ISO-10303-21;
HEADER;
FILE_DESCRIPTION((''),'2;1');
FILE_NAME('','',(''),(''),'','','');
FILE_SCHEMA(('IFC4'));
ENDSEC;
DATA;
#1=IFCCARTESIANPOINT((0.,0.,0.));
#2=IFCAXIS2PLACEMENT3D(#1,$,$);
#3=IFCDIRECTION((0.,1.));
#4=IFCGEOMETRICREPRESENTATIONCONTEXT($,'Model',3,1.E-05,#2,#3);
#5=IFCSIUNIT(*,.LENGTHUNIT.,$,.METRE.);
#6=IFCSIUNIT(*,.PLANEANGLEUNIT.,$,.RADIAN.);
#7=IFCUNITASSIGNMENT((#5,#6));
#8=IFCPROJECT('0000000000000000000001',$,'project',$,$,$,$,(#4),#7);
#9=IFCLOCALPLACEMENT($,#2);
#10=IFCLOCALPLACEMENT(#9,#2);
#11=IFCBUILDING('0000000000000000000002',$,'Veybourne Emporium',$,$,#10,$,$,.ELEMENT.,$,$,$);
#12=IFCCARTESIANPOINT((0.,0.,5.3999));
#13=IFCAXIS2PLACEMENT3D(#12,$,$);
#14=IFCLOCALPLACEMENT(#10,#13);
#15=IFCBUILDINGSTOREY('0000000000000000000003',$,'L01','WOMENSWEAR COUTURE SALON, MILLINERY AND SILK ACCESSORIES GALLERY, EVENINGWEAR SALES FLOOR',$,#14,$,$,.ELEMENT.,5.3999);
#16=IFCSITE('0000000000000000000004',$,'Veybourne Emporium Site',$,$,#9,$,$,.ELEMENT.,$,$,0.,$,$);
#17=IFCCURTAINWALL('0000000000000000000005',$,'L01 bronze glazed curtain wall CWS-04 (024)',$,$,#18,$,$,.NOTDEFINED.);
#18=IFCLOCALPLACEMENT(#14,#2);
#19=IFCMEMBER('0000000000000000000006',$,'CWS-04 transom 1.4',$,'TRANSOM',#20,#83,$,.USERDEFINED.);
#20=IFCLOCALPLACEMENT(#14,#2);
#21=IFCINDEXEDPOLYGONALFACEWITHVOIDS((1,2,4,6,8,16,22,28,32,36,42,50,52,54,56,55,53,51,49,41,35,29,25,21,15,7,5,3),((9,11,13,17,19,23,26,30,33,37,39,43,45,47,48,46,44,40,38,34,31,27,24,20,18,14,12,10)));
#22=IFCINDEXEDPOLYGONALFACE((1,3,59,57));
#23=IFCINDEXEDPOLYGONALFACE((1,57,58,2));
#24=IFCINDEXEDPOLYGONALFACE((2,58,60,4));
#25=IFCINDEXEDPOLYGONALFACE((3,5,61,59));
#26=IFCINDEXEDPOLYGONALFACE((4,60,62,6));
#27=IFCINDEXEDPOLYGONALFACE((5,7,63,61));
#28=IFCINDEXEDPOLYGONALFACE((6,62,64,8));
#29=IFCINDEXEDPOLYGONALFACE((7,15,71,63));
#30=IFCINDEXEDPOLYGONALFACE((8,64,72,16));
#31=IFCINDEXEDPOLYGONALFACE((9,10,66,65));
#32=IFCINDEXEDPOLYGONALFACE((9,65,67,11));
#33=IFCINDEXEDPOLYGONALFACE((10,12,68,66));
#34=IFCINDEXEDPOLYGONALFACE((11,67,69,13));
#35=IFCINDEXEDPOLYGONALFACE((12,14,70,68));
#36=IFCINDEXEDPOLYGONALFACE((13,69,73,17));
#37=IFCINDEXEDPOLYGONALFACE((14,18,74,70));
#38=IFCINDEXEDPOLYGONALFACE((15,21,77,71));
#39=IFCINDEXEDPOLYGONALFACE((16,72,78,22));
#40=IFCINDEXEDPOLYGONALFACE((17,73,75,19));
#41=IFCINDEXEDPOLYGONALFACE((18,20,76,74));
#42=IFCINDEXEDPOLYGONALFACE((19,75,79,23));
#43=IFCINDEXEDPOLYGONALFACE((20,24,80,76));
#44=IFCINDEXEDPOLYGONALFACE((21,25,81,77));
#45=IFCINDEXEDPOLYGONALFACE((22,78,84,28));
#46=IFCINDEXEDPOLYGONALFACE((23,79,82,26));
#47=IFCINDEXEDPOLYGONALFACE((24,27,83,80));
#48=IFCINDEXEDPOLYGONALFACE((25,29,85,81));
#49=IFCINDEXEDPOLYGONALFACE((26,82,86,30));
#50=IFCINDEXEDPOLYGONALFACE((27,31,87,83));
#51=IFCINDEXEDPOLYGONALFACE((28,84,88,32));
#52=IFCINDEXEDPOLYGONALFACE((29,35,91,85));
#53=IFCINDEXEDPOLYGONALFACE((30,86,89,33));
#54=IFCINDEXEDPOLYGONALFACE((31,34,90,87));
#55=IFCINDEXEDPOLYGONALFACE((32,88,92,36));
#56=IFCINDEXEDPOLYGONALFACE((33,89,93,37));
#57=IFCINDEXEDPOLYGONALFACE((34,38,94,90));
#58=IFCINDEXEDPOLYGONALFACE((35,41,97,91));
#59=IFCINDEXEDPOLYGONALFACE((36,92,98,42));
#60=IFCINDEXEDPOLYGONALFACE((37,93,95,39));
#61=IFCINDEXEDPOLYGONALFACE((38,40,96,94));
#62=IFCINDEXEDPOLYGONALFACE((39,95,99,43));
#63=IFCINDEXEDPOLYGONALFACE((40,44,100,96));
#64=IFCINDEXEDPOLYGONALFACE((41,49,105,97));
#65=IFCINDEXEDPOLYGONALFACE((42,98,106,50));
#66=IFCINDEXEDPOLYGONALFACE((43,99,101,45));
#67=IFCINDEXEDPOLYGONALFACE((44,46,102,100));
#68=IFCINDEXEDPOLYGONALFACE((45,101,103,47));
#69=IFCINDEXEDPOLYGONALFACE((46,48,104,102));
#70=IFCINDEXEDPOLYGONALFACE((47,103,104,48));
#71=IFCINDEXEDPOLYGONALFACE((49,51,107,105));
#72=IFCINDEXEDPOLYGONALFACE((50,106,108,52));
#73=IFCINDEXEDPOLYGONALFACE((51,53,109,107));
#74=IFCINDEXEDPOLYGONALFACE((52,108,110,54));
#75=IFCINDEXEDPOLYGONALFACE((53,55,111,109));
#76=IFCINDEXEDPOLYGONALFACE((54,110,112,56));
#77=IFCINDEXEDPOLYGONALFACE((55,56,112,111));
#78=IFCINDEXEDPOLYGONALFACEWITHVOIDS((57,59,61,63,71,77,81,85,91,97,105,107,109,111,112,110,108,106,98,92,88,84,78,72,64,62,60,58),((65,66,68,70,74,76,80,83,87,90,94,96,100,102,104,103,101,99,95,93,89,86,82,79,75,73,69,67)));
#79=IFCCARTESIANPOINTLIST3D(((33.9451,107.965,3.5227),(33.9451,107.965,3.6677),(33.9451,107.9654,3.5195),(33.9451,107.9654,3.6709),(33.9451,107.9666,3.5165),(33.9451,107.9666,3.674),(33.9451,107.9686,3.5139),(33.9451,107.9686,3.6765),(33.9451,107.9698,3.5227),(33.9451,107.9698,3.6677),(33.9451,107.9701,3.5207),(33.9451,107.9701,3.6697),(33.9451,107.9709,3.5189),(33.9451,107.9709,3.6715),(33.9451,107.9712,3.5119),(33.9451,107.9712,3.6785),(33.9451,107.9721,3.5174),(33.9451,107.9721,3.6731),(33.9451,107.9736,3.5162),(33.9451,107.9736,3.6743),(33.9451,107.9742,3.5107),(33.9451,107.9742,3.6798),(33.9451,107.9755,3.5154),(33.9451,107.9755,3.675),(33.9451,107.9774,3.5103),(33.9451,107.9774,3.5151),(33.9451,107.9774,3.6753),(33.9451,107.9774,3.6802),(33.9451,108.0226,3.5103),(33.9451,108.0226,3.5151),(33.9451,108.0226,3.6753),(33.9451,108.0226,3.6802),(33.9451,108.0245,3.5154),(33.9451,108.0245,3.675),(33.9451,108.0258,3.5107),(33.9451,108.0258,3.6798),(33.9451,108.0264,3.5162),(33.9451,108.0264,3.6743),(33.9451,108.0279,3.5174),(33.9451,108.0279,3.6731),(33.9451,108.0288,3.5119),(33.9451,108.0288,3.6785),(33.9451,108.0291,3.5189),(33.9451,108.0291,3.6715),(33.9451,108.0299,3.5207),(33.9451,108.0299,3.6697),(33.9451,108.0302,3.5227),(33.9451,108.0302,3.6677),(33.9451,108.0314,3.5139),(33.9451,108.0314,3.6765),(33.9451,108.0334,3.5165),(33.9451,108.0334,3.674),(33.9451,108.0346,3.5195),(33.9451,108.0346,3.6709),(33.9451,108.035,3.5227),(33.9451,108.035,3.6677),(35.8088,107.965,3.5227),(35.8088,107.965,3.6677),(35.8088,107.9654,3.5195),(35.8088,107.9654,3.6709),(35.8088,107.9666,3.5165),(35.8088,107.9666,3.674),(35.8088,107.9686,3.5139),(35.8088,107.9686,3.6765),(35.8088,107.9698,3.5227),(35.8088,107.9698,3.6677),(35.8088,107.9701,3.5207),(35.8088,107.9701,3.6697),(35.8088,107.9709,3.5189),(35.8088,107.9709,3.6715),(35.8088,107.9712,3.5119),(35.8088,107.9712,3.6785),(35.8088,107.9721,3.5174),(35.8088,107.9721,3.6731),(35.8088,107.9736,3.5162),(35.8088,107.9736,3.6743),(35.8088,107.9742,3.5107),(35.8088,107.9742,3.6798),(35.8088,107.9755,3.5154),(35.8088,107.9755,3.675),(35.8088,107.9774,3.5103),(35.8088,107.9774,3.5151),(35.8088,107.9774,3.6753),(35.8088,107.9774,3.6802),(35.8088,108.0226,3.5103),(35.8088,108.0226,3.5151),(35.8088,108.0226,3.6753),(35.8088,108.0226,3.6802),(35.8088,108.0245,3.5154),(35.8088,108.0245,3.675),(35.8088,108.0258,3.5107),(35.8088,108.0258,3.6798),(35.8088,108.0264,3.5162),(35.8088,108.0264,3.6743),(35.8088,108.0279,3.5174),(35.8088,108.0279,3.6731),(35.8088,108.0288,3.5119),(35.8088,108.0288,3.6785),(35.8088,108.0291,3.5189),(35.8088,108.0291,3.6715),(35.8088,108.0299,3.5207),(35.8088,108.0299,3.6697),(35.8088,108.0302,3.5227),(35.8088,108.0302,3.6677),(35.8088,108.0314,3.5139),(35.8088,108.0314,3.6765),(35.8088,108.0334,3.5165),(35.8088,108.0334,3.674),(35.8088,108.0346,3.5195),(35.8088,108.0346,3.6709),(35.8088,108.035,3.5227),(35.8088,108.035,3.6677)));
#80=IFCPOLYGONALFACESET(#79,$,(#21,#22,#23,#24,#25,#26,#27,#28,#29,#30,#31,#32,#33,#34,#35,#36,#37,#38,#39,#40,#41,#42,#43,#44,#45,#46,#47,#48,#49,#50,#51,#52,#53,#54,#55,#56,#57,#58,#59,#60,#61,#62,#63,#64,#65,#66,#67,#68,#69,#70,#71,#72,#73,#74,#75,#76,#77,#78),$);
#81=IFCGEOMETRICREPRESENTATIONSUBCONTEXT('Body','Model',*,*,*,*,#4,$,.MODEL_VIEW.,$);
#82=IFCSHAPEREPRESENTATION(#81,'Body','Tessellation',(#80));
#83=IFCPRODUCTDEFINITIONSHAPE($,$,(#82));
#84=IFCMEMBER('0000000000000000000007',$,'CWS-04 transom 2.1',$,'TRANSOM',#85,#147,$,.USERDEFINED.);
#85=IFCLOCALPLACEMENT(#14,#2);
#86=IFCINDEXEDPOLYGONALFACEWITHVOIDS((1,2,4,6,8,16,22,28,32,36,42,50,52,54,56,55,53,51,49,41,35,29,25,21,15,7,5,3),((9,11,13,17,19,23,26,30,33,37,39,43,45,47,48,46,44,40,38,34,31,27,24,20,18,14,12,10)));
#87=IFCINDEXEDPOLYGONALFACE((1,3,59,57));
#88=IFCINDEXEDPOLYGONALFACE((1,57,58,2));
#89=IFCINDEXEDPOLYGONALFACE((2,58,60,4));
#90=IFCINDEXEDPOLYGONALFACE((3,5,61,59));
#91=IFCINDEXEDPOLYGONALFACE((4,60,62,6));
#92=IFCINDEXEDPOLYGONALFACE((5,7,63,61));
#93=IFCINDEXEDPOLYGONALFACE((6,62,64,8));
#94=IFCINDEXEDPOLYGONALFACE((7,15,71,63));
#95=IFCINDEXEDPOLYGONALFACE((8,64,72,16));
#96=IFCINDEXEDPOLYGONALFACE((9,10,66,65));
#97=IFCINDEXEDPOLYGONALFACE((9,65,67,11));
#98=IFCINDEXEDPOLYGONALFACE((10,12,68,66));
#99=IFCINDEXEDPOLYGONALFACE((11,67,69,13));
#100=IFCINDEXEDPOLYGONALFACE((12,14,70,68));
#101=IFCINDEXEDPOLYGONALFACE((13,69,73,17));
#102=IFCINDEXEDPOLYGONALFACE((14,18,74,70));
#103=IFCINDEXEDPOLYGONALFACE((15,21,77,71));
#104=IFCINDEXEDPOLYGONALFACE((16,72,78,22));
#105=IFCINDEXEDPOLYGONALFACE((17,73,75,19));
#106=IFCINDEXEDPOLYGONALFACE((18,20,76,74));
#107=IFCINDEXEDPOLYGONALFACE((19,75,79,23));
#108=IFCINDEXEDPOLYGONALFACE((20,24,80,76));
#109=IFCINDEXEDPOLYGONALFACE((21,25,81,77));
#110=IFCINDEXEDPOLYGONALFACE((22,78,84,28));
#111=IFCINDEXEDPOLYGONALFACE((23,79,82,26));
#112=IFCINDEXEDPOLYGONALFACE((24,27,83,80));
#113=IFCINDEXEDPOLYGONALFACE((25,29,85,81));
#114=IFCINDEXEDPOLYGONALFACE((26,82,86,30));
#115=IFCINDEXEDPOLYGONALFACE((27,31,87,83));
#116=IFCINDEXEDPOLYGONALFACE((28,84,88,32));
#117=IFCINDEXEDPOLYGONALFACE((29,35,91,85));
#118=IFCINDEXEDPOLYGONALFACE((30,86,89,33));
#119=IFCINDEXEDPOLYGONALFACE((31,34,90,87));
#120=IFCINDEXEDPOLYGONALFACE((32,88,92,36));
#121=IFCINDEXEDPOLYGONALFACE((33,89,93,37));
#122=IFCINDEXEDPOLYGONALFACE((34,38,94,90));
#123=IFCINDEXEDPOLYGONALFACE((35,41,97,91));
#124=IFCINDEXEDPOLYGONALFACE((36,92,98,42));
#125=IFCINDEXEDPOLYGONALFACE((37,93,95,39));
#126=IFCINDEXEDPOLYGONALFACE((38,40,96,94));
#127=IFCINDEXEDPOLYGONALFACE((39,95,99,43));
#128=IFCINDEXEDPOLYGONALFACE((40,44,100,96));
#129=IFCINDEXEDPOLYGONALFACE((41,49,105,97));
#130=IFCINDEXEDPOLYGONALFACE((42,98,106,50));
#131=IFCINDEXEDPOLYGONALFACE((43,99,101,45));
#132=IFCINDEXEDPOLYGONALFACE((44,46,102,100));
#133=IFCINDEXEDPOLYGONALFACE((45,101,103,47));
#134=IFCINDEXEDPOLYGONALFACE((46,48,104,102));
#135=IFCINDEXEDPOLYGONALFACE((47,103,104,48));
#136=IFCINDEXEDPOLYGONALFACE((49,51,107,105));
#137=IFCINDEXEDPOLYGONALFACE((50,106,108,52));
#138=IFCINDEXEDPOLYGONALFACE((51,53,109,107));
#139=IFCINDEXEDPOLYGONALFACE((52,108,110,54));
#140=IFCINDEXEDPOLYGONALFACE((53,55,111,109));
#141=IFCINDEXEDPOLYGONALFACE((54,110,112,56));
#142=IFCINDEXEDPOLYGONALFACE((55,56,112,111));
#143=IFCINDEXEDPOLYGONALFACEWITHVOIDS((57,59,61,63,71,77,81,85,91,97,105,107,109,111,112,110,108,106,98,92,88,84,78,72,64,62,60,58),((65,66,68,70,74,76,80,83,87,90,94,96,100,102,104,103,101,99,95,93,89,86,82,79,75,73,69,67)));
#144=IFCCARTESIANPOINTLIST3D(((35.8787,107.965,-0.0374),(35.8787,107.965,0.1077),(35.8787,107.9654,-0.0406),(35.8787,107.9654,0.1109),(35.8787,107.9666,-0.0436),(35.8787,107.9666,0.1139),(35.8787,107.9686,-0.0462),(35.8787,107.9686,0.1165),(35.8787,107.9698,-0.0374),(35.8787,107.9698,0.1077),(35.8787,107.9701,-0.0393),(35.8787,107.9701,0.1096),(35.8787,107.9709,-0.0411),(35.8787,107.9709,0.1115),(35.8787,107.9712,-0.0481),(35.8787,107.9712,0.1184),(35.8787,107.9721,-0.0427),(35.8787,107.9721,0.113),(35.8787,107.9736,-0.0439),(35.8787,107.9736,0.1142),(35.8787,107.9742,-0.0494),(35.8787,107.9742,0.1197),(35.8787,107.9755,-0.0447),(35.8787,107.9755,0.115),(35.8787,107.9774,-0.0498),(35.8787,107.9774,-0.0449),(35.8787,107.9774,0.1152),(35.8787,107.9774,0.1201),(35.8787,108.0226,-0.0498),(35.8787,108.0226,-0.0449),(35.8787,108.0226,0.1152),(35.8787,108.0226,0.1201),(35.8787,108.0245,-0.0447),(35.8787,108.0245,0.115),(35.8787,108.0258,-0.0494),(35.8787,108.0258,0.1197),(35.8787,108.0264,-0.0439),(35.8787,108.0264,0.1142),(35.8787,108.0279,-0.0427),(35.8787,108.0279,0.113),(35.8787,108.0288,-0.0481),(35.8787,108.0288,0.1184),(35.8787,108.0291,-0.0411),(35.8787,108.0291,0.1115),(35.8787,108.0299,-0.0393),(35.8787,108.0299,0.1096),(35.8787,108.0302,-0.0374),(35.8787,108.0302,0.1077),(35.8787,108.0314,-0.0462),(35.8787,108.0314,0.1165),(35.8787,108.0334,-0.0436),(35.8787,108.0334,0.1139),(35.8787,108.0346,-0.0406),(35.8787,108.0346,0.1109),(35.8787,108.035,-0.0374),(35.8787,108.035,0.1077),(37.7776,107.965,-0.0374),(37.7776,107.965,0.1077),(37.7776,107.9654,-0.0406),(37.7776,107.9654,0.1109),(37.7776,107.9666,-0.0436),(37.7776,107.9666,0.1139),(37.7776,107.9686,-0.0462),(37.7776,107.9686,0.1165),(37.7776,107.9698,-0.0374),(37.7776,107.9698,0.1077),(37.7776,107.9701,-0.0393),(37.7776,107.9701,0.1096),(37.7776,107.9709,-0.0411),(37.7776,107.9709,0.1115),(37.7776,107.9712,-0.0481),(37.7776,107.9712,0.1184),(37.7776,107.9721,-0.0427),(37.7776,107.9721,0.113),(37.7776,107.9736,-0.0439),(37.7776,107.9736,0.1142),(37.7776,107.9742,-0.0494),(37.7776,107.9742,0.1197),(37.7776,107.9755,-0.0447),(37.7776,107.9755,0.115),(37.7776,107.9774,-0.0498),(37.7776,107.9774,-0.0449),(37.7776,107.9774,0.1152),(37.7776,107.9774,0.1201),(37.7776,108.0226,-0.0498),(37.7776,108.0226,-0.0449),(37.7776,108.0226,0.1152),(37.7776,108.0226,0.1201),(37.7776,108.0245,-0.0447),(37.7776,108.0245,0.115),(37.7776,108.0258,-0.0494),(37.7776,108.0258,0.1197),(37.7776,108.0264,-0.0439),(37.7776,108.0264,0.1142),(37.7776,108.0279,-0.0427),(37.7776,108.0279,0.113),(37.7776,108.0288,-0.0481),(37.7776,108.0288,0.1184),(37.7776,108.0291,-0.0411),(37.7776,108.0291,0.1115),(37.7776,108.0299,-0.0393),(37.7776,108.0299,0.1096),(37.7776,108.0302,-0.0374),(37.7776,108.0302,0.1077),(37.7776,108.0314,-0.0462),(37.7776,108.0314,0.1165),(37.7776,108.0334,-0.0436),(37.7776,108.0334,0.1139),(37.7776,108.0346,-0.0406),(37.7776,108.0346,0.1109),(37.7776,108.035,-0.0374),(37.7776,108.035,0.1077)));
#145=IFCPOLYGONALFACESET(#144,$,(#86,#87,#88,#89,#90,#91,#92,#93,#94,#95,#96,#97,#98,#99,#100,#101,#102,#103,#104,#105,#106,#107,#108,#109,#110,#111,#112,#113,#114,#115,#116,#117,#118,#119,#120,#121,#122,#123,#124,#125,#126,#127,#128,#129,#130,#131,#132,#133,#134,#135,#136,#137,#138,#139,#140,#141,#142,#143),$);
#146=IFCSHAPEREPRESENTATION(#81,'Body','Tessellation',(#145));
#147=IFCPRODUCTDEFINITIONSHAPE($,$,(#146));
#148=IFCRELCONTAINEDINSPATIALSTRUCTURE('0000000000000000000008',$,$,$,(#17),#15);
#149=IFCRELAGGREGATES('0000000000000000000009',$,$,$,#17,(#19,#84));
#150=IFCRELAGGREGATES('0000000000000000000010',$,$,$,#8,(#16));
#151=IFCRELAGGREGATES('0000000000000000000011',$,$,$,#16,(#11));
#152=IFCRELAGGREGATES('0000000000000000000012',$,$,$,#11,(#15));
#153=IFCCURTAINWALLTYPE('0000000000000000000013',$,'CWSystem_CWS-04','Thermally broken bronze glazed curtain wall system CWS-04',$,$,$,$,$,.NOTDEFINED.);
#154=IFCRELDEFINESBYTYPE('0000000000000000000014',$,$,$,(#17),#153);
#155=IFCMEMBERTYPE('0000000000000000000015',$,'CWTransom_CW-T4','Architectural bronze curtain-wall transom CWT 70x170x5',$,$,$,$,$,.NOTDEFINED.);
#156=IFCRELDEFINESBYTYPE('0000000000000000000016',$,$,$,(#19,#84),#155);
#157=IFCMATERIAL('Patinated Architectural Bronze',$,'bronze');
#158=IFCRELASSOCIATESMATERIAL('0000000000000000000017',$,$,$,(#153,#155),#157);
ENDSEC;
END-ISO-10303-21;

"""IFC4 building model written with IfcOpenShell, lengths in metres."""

from ifc_helpers import new_model, si_unit, direction, frame, origin, origin_2d, place, context, subcontext, project, spatial, hollow_rectangle, extrude, material, material_profile, profile_set, type_object, element, aggregate, save


model = new_model("IFC4")

# Units and contexts
model_context = context("Model", 3, precision=1e-05, world=origin(), true_north=direction((0.0, 1.0)))
body_context = subcontext(model_context, "Body", "Model", "MODEL_VIEW")
ifc_project = project(units=[si_unit("LENGTHUNIT", "METRE"), si_unit("PLANEANGLEUNIT", "RADIAN")], contexts=[model_context])

# Site, building, storey
site_placement = place(None, origin())
site = spatial("IfcSite", under=ifc_project, at=site_placement, Name="Veybourne Emporium Site", CompositionType="ELEMENT", RefElevation=0.0)
building_placement = place(site_placement, origin())
building = spatial("IfcBuilding", under=site, at=building_placement, Name="Veybourne Emporium", CompositionType="ELEMENT")
storey_placement = place(building_placement, frame((0.0, 0.0, 5.3999)))
storey = spatial("IfcBuildingStorey", under=building, at=storey_placement, Name="L01", Description="WOMENSWEAR COUTURE SALON, MILLINERY AND SILK ACCESSORIES GALLERY, EVENINGWEAR SALES FLOOR", CompositionType="ELEMENT", Elevation=5.3999)

# Curtain wall, members
ifc_material_1 = material(Name="Patinated Architectural Bronze", Category="bronze")
curtain_wall_type = type_object("IfcCurtainWallType", Name="CWSystem_CWS-04", Description="Thermally broken bronze glazed curtain wall system CWS-04", PredefinedType="NOTDEFINED", material=ifc_material_1)
curtain_wall_placement = place(storey_placement, origin())
curtain_wall = element("IfcCurtainWall", 1, at=curtain_wall_placement, inside=storey, type_object=curtain_wall_type, Name="L01 bronze glazed curtain wall CWS-04 (024)", PredefinedType="NOTDEFINED")
ifc_material_profile_1 = material_profile(ifc_material_1, hollow_rectangle(XDim=0.0701, YDim=0.1699, WallThickness=0.0049, InnerFilletRadius=0.0076, OuterFilletRadius=0.0125, at=origin_2d()), Name="CWT 70x170x5")
ifc_profile_set_1 = profile_set([ifc_material_profile_1], Name="Patinated Architectural Bronze")
member_type_1 = type_object("IfcMemberType", Name="CWTransom_CW-T4", Description="Architectural bronze curtain-wall transom CWT 70x170x5", PredefinedType="NOTDEFINED", material=ifc_profile_set_1)
member_1_placement = place(storey_placement, frame((33.9451, 108.0, 3.5952), z_axis=(1.0, 0.0, 0.0), x_axis=(0.0, 1.0, 0.0)))
member_1 = element("IfcMember", 2, at=member_1_placement, type_object=member_type_1, Name="CWS-04 transom 1.4", ObjectType="TRANSOM", PredefinedType="USERDEFINED", context=body_context, shape_type="SweptSolid", body=[
    extrude(hollow_rectangle(XDim=0.0701, YDim=0.1699, WallThickness=0.0049, InnerFilletRadius=0.0076, OuterFilletRadius=0.0125, at=origin_2d()), origin(), (0.0, 0.0, 1.0), 1.8638),
])
member_2_placement = place(storey_placement, frame((35.8787, 108.0, 0.0352), z_axis=(1.0, 0.0, 0.0), x_axis=(0.0, 1.0, 0.0)))
member_2 = element("IfcMember", 3, at=member_2_placement, type_object=member_type_1, Name="CWS-04 transom 2.1", ObjectType="TRANSOM", PredefinedType="USERDEFINED", context=body_context, shape_type="SweptSolid", body=[
    extrude(hollow_rectangle(XDim=0.0701, YDim=0.1699, WallThickness=0.0049, InnerFilletRadius=0.0076, OuterFilletRadius=0.0125, at=origin_2d()), origin(), (0.0, 0.0, 1.0), 1.8989),
])
aggregate(curtain_wall, [member_1, member_2])

save(model, "model.ifc")
